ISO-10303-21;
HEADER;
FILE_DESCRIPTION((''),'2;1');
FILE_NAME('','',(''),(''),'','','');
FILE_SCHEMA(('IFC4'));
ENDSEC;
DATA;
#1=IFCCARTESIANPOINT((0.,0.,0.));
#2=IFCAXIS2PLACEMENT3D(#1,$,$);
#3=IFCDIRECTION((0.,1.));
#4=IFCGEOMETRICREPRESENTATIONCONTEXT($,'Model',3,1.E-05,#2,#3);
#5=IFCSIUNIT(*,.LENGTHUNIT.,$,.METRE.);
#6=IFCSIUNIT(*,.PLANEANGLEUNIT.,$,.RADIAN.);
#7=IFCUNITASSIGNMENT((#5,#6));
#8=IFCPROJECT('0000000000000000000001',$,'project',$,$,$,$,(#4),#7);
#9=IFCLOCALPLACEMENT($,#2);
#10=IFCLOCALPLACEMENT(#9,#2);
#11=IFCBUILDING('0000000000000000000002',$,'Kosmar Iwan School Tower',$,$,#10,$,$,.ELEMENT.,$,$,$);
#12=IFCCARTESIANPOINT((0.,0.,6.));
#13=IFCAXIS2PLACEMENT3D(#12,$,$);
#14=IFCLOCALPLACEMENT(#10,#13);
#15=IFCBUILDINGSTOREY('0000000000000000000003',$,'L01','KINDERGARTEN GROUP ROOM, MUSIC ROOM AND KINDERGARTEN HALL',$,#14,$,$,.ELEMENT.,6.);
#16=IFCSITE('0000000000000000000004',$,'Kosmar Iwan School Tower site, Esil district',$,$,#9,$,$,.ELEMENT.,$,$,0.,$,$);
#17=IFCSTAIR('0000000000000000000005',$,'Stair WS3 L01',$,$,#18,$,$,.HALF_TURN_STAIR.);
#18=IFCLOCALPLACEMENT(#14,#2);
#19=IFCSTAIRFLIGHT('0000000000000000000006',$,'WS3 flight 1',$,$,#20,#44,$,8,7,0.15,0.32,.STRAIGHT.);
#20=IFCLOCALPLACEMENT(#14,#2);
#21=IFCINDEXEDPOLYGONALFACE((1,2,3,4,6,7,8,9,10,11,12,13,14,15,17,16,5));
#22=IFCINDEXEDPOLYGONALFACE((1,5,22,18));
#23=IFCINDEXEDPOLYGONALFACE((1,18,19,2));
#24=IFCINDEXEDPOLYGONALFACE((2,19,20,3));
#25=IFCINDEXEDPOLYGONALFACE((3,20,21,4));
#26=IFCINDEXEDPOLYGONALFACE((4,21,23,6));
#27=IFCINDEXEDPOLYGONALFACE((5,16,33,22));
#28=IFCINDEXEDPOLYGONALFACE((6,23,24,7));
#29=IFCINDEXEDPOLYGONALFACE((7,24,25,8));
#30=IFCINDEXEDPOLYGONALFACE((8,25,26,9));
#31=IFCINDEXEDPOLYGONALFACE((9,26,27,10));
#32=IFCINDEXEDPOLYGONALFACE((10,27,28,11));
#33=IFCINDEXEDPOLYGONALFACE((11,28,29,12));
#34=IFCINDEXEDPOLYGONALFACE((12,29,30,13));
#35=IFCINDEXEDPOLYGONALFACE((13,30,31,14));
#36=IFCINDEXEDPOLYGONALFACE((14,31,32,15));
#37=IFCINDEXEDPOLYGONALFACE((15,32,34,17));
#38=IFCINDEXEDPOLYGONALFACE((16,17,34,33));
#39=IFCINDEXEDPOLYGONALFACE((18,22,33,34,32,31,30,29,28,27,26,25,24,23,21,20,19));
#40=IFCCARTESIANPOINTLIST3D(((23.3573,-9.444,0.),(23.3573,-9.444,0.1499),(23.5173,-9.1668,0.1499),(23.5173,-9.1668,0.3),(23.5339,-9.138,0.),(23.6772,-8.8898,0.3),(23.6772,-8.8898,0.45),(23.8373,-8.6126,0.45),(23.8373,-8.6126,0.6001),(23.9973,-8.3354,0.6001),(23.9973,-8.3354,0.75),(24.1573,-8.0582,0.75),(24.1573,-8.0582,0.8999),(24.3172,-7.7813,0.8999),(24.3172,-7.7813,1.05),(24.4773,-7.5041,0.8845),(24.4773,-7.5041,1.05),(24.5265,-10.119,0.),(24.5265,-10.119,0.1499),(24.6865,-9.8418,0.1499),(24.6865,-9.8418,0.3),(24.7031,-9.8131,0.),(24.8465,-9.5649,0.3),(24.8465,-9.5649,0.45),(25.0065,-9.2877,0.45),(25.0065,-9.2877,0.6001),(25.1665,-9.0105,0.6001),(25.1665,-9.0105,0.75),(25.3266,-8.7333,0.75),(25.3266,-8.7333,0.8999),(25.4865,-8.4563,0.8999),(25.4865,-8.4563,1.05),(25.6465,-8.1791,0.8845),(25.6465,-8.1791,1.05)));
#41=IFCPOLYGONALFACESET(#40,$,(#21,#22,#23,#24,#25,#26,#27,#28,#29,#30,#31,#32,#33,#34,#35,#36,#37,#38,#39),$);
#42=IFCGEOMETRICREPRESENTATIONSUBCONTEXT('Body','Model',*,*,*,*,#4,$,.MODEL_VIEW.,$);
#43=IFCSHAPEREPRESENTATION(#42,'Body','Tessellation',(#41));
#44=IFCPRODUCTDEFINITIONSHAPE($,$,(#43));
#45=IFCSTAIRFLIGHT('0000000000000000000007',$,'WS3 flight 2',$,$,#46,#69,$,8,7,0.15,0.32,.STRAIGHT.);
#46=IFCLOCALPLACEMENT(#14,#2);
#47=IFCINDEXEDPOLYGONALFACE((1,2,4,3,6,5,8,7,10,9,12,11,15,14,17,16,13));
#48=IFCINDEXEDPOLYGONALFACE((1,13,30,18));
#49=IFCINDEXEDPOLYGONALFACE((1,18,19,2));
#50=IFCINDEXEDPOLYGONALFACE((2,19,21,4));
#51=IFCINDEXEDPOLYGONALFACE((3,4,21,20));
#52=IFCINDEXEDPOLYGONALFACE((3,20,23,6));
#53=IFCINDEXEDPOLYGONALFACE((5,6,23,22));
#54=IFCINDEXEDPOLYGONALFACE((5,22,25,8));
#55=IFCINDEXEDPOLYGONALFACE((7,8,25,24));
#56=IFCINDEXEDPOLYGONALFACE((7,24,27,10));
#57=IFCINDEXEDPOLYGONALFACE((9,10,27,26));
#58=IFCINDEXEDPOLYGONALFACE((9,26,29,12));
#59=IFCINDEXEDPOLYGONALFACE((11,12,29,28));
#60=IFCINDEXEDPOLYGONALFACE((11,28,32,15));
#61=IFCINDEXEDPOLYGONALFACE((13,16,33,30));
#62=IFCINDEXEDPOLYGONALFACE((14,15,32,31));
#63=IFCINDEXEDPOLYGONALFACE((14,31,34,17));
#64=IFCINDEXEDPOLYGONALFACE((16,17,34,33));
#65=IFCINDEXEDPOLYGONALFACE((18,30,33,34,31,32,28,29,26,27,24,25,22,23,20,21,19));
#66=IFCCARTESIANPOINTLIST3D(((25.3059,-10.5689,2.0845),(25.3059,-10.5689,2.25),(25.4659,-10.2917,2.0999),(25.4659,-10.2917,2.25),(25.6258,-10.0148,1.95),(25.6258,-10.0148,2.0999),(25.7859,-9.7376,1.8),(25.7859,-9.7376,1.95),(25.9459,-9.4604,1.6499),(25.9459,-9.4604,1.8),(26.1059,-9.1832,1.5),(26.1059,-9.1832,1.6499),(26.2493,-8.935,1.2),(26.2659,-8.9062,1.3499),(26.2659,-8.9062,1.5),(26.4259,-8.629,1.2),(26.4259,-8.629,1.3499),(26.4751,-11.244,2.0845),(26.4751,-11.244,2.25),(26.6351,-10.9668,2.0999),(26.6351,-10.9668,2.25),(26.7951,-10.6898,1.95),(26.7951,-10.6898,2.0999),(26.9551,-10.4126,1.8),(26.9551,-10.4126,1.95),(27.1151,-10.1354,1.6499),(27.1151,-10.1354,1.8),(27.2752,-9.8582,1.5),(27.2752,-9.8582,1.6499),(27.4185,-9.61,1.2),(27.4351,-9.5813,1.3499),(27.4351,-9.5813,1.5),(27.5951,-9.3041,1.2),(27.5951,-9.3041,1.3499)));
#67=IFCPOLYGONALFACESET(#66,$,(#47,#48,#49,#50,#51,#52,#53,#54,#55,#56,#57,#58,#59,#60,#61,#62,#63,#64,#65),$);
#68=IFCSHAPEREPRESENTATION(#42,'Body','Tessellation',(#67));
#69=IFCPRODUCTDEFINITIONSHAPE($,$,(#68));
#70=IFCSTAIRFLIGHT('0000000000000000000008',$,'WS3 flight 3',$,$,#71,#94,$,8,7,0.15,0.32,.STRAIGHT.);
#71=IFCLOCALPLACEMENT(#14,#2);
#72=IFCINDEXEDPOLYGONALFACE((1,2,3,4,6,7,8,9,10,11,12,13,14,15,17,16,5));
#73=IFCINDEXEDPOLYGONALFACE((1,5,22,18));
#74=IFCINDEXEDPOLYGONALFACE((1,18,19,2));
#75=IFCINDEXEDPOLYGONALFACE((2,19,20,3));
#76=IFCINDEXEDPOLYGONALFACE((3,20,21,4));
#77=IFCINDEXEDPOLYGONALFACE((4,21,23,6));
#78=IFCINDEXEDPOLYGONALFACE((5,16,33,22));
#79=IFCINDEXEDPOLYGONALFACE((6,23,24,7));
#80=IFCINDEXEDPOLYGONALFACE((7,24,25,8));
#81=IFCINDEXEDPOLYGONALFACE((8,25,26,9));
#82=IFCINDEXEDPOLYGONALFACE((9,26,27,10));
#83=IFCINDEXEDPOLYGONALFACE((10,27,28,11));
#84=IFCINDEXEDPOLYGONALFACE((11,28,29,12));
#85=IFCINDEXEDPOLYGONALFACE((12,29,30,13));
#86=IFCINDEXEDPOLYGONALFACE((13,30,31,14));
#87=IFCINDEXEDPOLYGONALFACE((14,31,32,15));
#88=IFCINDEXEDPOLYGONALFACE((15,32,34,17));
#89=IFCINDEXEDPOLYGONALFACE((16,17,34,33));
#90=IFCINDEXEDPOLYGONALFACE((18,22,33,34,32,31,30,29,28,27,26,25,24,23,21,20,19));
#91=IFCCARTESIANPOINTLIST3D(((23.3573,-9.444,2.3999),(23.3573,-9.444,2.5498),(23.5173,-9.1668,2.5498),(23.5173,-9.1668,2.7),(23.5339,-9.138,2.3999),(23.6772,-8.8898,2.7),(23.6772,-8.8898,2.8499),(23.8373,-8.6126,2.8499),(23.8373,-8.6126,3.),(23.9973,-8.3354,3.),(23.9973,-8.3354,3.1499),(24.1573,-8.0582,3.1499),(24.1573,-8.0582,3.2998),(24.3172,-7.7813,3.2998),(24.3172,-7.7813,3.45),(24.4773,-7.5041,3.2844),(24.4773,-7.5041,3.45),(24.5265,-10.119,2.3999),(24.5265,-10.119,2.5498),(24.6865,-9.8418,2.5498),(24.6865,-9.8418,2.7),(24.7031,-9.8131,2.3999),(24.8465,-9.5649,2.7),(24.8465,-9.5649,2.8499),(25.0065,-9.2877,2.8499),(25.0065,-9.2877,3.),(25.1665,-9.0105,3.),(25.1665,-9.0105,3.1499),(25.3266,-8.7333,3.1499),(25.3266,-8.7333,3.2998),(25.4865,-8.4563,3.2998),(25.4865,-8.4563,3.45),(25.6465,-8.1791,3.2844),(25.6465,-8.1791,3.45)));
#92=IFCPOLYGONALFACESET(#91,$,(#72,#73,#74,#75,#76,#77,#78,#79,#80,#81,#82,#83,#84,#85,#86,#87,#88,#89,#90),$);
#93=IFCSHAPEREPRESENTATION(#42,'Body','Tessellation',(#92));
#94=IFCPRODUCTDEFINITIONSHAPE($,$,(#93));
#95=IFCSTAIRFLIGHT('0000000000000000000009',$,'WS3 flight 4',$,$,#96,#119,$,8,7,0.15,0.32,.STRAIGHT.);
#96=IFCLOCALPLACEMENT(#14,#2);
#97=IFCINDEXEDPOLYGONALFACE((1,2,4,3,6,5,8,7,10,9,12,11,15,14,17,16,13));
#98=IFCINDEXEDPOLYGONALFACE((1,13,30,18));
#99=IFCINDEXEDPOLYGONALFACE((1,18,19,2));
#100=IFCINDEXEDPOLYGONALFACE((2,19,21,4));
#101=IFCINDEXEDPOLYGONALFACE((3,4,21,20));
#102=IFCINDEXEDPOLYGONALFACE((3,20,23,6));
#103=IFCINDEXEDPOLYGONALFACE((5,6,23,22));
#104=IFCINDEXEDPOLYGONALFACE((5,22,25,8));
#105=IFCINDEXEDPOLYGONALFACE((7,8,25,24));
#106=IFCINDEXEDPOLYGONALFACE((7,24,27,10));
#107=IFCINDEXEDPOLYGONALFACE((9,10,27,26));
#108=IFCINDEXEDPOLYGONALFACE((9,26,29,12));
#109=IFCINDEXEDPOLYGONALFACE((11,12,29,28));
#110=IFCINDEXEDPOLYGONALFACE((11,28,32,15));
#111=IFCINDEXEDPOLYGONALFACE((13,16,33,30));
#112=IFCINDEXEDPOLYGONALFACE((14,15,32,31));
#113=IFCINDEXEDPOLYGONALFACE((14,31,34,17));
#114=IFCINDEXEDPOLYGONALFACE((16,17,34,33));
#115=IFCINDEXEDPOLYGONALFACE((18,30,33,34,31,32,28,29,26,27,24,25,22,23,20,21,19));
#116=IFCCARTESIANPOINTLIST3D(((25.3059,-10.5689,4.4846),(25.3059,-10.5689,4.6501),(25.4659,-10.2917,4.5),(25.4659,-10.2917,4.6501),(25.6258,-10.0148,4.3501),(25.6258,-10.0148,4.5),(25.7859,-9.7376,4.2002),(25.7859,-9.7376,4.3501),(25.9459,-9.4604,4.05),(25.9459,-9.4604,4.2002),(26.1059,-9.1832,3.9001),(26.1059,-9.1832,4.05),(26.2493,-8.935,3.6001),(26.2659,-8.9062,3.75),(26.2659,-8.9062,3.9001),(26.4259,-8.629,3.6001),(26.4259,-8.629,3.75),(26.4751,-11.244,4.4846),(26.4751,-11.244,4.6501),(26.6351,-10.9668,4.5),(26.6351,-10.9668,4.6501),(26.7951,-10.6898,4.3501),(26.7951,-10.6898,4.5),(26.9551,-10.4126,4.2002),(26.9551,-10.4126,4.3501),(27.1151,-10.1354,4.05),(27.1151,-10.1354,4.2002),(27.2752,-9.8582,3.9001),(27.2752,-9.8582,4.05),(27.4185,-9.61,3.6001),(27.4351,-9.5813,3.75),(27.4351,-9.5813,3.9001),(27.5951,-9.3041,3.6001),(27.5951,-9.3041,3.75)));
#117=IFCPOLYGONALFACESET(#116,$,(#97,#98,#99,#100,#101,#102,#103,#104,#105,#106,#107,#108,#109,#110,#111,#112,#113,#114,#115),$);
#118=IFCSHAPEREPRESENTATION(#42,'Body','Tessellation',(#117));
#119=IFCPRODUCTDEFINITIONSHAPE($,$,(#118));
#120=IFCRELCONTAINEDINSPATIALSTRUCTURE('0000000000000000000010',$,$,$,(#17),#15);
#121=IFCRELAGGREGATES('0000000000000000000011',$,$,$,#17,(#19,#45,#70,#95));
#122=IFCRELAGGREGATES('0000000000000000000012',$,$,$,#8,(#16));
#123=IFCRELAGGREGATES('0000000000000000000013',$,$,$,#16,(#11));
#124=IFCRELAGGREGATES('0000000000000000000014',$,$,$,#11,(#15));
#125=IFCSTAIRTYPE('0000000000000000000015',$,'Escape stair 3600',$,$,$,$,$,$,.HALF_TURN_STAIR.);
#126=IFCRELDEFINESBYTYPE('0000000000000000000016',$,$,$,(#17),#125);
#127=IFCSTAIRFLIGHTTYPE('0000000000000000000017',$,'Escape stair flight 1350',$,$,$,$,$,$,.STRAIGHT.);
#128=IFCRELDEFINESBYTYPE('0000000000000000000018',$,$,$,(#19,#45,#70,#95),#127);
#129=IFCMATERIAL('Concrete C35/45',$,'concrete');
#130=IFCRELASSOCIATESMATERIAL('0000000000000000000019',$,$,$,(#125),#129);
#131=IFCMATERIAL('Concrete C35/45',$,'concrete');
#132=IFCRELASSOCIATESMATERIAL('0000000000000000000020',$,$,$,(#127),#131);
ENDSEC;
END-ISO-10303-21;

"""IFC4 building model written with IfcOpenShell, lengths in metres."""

from ifc_helpers import new_model, si_unit, direction, frame, origin, place, context, subcontext, project, spatial, polyline, outline, extrude, material, type_object, element, aggregate, save


model = new_model("IFC4")

# Units and contexts
model_context = context("Model", 3, precision=1e-05, world=origin(), true_north=direction((0.0, 1.0)))
body_context = subcontext(model_context, "Body", "Model", "MODEL_VIEW")
ifc_project = project(units=[si_unit("LENGTHUNIT", "METRE"), si_unit("PLANEANGLEUNIT", "RADIAN")], contexts=[model_context])

# Site, building, storey
site_placement = place(None, origin())
site = spatial("IfcSite", under=ifc_project, at=site_placement, Name="Kosmar Iwan School Tower site, Esil district", CompositionType="ELEMENT", RefElevation=0.0)
building_placement = place(site_placement, origin())
building = spatial("IfcBuilding", under=site, at=building_placement, Name="Kosmar Iwan School Tower", CompositionType="ELEMENT")
storey_placement = place(building_placement, frame((0.0, 0.0, 6.0)))
storey = spatial("IfcBuildingStorey", under=building, at=storey_placement, Name="L01", Description="KINDERGARTEN GROUP ROOM, MUSIC ROOM AND KINDERGARTEN HALL", CompositionType="ELEMENT", Elevation=6.0)

# Stair, stair flights
ifc_material_1 = material(Name="Concrete C35/45", Category="concrete")
stair_type = type_object("IfcStairType", Name="Escape stair 3600", PredefinedType="HALF_TURN_STAIR", material=ifc_material_1)
stair_placement = place(storey_placement, origin())
stair = element("IfcStair", 1, at=stair_placement, inside=storey, type_object=stair_type, Name="Stair WS3 L01", PredefinedType="HALF_TURN_STAIR")
ifc_material_2 = material(Name="Concrete C35/45", Category="concrete")
stair_flight_type = type_object("IfcStairFlightType", Name="Escape stair flight 1350", PredefinedType="STRAIGHT", material=ifc_material_2)
stair_flight_1_placement = place(storey_placement, frame((23.9419, -9.7815, 0.0), z_axis=(0.0, 0.0, 1.0), x_axis=(0.5, 0.866025, 0.0)))
stair_flight_1 = element("IfcStairFlight", 2, at=stair_flight_1_placement, type_object=stair_flight_type, Name="WS3 flight 1", NumberOfRisers=8, NumberOfTreads=7, PredefinedType="STRAIGHT", RiserHeight=0.15, TreadLength=0.32, context=body_context, shape_type="SweptSolid", body=[
    extrude(outline(polyline([(0.0, 0.0), (0.0, 0.1499), (0.3201, 0.1499), (0.3201, 0.3), (0.6399, 0.3), (0.6399, 0.45), (0.96, 0.45), (0.96, 0.6001), (1.28, 0.6001), (1.28, 0.75), (1.6001, 0.75), (1.6001, 0.8999), (1.9199, 0.8999), (1.9199, 1.05), (2.24, 1.05), (2.24, 1.2), (2.24, 0.8845), (0.3533, 0.0), (0.0, 0.0)])), frame((0.0, 0.675, 0.0), z_axis=(0.0, -1.0, 0.0), x_axis=(1.0, 0.0, 0.0)), (0.0, 0.0, 1.0), 1.3501),
])
stair_flight_2_placement = place(storey_placement, frame((27.0105, -8.9666, 1.2), z_axis=(0.0, 0.0, 1.0), x_axis=(-0.5, -0.866025, 0.0)))
stair_flight_2 = element("IfcStairFlight", 3, at=stair_flight_2_placement, type_object=stair_flight_type, Name="WS3 flight 2", NumberOfRisers=8, NumberOfTreads=7, PredefinedType="STRAIGHT", RiserHeight=0.15, TreadLength=0.32, context=body_context, shape_type="SweptSolid", body=[
    extrude(outline(polyline([(0.0, 0.0), (0.0, 0.1499), (0.3201, 0.1499), (0.3201, 0.3), (0.6399, 0.3), (0.6399, 0.45), (0.96, 0.45), (0.96, 0.6001), (1.28, 0.6001), (1.28, 0.75), (1.6001, 0.75), (1.6001, 0.8999), (1.9199, 0.8999), (1.9199, 1.05), (2.24, 1.05), (2.24, 1.2), (2.24, 0.8845), (0.3533, 0.0), (0.0, 0.0)])), frame((0.0, 0.675, 0.0), z_axis=(0.0, -1.0, 0.0), x_axis=(1.0, 0.0, 0.0)), (0.0, 0.0, 1.0), 1.3501),
])
stair_flight_3_placement = place(storey_placement, frame((23.9419, -9.7815, 2.3999), z_axis=(0.0, 0.0, 1.0), x_axis=(0.5, 0.866025, 0.0)))
stair_flight_3 = element("IfcStairFlight", 4, at=stair_flight_3_placement, type_object=stair_flight_type, Name="WS3 flight 3", NumberOfRisers=8, NumberOfTreads=7, PredefinedType="STRAIGHT", RiserHeight=0.15, TreadLength=0.32, context=body_context, shape_type="SweptSolid", body=[
    extrude(outline(polyline([(0.0, 0.0), (0.0, 0.1499), (0.3201, 0.1499), (0.3201, 0.3), (0.6399, 0.3), (0.6399, 0.45), (0.96, 0.45), (0.96, 0.6001), (1.28, 0.6001), (1.28, 0.75), (1.6001, 0.75), (1.6001, 0.8999), (1.9199, 0.8999), (1.9199, 1.05), (2.24, 1.05), (2.24, 1.2), (2.24, 0.8845), (0.3533, 0.0), (0.0, 0.0)])), frame((0.0, 0.675, 0.0), z_axis=(0.0, -1.0, 0.0), x_axis=(1.0, 0.0, 0.0)), (0.0, 0.0, 1.0), 1.3501),
])
stair_flight_4_placement = place(storey_placement, frame((27.0105, -8.9666, 3.6001), z_axis=(0.0, 0.0, 1.0), x_axis=(-0.5, -0.866025, 0.0)))
stair_flight_4 = element("IfcStairFlight", 5, at=stair_flight_4_placement, type_object=stair_flight_type, Name="WS3 flight 4", NumberOfRisers=8, NumberOfTreads=7, PredefinedType="STRAIGHT", RiserHeight=0.15, TreadLength=0.32, context=body_context, shape_type="SweptSolid", body=[
    extrude(outline(polyline([(0.0, 0.0), (0.0, 0.1499), (0.3201, 0.1499), (0.3201, 0.3), (0.6399, 0.3), (0.6399, 0.45), (0.96, 0.45), (0.96, 0.6001), (1.28, 0.6001), (1.28, 0.75), (1.6001, 0.75), (1.6001, 0.8999), (1.9199, 0.8999), (1.9199, 1.05), (2.24, 1.05), (2.24, 1.2), (2.24, 0.8845), (0.3533, 0.0), (0.0, 0.0)])), frame((0.0, 0.675, 0.0), z_axis=(0.0, -1.0, 0.0), x_axis=(1.0, 0.0, 0.0)), (0.0, 0.0, 1.0), 1.3501),
])
aggregate(stair, [stair_flight_1, stair_flight_2, stair_flight_3, stair_flight_4])

save(model, "model.ifc")
